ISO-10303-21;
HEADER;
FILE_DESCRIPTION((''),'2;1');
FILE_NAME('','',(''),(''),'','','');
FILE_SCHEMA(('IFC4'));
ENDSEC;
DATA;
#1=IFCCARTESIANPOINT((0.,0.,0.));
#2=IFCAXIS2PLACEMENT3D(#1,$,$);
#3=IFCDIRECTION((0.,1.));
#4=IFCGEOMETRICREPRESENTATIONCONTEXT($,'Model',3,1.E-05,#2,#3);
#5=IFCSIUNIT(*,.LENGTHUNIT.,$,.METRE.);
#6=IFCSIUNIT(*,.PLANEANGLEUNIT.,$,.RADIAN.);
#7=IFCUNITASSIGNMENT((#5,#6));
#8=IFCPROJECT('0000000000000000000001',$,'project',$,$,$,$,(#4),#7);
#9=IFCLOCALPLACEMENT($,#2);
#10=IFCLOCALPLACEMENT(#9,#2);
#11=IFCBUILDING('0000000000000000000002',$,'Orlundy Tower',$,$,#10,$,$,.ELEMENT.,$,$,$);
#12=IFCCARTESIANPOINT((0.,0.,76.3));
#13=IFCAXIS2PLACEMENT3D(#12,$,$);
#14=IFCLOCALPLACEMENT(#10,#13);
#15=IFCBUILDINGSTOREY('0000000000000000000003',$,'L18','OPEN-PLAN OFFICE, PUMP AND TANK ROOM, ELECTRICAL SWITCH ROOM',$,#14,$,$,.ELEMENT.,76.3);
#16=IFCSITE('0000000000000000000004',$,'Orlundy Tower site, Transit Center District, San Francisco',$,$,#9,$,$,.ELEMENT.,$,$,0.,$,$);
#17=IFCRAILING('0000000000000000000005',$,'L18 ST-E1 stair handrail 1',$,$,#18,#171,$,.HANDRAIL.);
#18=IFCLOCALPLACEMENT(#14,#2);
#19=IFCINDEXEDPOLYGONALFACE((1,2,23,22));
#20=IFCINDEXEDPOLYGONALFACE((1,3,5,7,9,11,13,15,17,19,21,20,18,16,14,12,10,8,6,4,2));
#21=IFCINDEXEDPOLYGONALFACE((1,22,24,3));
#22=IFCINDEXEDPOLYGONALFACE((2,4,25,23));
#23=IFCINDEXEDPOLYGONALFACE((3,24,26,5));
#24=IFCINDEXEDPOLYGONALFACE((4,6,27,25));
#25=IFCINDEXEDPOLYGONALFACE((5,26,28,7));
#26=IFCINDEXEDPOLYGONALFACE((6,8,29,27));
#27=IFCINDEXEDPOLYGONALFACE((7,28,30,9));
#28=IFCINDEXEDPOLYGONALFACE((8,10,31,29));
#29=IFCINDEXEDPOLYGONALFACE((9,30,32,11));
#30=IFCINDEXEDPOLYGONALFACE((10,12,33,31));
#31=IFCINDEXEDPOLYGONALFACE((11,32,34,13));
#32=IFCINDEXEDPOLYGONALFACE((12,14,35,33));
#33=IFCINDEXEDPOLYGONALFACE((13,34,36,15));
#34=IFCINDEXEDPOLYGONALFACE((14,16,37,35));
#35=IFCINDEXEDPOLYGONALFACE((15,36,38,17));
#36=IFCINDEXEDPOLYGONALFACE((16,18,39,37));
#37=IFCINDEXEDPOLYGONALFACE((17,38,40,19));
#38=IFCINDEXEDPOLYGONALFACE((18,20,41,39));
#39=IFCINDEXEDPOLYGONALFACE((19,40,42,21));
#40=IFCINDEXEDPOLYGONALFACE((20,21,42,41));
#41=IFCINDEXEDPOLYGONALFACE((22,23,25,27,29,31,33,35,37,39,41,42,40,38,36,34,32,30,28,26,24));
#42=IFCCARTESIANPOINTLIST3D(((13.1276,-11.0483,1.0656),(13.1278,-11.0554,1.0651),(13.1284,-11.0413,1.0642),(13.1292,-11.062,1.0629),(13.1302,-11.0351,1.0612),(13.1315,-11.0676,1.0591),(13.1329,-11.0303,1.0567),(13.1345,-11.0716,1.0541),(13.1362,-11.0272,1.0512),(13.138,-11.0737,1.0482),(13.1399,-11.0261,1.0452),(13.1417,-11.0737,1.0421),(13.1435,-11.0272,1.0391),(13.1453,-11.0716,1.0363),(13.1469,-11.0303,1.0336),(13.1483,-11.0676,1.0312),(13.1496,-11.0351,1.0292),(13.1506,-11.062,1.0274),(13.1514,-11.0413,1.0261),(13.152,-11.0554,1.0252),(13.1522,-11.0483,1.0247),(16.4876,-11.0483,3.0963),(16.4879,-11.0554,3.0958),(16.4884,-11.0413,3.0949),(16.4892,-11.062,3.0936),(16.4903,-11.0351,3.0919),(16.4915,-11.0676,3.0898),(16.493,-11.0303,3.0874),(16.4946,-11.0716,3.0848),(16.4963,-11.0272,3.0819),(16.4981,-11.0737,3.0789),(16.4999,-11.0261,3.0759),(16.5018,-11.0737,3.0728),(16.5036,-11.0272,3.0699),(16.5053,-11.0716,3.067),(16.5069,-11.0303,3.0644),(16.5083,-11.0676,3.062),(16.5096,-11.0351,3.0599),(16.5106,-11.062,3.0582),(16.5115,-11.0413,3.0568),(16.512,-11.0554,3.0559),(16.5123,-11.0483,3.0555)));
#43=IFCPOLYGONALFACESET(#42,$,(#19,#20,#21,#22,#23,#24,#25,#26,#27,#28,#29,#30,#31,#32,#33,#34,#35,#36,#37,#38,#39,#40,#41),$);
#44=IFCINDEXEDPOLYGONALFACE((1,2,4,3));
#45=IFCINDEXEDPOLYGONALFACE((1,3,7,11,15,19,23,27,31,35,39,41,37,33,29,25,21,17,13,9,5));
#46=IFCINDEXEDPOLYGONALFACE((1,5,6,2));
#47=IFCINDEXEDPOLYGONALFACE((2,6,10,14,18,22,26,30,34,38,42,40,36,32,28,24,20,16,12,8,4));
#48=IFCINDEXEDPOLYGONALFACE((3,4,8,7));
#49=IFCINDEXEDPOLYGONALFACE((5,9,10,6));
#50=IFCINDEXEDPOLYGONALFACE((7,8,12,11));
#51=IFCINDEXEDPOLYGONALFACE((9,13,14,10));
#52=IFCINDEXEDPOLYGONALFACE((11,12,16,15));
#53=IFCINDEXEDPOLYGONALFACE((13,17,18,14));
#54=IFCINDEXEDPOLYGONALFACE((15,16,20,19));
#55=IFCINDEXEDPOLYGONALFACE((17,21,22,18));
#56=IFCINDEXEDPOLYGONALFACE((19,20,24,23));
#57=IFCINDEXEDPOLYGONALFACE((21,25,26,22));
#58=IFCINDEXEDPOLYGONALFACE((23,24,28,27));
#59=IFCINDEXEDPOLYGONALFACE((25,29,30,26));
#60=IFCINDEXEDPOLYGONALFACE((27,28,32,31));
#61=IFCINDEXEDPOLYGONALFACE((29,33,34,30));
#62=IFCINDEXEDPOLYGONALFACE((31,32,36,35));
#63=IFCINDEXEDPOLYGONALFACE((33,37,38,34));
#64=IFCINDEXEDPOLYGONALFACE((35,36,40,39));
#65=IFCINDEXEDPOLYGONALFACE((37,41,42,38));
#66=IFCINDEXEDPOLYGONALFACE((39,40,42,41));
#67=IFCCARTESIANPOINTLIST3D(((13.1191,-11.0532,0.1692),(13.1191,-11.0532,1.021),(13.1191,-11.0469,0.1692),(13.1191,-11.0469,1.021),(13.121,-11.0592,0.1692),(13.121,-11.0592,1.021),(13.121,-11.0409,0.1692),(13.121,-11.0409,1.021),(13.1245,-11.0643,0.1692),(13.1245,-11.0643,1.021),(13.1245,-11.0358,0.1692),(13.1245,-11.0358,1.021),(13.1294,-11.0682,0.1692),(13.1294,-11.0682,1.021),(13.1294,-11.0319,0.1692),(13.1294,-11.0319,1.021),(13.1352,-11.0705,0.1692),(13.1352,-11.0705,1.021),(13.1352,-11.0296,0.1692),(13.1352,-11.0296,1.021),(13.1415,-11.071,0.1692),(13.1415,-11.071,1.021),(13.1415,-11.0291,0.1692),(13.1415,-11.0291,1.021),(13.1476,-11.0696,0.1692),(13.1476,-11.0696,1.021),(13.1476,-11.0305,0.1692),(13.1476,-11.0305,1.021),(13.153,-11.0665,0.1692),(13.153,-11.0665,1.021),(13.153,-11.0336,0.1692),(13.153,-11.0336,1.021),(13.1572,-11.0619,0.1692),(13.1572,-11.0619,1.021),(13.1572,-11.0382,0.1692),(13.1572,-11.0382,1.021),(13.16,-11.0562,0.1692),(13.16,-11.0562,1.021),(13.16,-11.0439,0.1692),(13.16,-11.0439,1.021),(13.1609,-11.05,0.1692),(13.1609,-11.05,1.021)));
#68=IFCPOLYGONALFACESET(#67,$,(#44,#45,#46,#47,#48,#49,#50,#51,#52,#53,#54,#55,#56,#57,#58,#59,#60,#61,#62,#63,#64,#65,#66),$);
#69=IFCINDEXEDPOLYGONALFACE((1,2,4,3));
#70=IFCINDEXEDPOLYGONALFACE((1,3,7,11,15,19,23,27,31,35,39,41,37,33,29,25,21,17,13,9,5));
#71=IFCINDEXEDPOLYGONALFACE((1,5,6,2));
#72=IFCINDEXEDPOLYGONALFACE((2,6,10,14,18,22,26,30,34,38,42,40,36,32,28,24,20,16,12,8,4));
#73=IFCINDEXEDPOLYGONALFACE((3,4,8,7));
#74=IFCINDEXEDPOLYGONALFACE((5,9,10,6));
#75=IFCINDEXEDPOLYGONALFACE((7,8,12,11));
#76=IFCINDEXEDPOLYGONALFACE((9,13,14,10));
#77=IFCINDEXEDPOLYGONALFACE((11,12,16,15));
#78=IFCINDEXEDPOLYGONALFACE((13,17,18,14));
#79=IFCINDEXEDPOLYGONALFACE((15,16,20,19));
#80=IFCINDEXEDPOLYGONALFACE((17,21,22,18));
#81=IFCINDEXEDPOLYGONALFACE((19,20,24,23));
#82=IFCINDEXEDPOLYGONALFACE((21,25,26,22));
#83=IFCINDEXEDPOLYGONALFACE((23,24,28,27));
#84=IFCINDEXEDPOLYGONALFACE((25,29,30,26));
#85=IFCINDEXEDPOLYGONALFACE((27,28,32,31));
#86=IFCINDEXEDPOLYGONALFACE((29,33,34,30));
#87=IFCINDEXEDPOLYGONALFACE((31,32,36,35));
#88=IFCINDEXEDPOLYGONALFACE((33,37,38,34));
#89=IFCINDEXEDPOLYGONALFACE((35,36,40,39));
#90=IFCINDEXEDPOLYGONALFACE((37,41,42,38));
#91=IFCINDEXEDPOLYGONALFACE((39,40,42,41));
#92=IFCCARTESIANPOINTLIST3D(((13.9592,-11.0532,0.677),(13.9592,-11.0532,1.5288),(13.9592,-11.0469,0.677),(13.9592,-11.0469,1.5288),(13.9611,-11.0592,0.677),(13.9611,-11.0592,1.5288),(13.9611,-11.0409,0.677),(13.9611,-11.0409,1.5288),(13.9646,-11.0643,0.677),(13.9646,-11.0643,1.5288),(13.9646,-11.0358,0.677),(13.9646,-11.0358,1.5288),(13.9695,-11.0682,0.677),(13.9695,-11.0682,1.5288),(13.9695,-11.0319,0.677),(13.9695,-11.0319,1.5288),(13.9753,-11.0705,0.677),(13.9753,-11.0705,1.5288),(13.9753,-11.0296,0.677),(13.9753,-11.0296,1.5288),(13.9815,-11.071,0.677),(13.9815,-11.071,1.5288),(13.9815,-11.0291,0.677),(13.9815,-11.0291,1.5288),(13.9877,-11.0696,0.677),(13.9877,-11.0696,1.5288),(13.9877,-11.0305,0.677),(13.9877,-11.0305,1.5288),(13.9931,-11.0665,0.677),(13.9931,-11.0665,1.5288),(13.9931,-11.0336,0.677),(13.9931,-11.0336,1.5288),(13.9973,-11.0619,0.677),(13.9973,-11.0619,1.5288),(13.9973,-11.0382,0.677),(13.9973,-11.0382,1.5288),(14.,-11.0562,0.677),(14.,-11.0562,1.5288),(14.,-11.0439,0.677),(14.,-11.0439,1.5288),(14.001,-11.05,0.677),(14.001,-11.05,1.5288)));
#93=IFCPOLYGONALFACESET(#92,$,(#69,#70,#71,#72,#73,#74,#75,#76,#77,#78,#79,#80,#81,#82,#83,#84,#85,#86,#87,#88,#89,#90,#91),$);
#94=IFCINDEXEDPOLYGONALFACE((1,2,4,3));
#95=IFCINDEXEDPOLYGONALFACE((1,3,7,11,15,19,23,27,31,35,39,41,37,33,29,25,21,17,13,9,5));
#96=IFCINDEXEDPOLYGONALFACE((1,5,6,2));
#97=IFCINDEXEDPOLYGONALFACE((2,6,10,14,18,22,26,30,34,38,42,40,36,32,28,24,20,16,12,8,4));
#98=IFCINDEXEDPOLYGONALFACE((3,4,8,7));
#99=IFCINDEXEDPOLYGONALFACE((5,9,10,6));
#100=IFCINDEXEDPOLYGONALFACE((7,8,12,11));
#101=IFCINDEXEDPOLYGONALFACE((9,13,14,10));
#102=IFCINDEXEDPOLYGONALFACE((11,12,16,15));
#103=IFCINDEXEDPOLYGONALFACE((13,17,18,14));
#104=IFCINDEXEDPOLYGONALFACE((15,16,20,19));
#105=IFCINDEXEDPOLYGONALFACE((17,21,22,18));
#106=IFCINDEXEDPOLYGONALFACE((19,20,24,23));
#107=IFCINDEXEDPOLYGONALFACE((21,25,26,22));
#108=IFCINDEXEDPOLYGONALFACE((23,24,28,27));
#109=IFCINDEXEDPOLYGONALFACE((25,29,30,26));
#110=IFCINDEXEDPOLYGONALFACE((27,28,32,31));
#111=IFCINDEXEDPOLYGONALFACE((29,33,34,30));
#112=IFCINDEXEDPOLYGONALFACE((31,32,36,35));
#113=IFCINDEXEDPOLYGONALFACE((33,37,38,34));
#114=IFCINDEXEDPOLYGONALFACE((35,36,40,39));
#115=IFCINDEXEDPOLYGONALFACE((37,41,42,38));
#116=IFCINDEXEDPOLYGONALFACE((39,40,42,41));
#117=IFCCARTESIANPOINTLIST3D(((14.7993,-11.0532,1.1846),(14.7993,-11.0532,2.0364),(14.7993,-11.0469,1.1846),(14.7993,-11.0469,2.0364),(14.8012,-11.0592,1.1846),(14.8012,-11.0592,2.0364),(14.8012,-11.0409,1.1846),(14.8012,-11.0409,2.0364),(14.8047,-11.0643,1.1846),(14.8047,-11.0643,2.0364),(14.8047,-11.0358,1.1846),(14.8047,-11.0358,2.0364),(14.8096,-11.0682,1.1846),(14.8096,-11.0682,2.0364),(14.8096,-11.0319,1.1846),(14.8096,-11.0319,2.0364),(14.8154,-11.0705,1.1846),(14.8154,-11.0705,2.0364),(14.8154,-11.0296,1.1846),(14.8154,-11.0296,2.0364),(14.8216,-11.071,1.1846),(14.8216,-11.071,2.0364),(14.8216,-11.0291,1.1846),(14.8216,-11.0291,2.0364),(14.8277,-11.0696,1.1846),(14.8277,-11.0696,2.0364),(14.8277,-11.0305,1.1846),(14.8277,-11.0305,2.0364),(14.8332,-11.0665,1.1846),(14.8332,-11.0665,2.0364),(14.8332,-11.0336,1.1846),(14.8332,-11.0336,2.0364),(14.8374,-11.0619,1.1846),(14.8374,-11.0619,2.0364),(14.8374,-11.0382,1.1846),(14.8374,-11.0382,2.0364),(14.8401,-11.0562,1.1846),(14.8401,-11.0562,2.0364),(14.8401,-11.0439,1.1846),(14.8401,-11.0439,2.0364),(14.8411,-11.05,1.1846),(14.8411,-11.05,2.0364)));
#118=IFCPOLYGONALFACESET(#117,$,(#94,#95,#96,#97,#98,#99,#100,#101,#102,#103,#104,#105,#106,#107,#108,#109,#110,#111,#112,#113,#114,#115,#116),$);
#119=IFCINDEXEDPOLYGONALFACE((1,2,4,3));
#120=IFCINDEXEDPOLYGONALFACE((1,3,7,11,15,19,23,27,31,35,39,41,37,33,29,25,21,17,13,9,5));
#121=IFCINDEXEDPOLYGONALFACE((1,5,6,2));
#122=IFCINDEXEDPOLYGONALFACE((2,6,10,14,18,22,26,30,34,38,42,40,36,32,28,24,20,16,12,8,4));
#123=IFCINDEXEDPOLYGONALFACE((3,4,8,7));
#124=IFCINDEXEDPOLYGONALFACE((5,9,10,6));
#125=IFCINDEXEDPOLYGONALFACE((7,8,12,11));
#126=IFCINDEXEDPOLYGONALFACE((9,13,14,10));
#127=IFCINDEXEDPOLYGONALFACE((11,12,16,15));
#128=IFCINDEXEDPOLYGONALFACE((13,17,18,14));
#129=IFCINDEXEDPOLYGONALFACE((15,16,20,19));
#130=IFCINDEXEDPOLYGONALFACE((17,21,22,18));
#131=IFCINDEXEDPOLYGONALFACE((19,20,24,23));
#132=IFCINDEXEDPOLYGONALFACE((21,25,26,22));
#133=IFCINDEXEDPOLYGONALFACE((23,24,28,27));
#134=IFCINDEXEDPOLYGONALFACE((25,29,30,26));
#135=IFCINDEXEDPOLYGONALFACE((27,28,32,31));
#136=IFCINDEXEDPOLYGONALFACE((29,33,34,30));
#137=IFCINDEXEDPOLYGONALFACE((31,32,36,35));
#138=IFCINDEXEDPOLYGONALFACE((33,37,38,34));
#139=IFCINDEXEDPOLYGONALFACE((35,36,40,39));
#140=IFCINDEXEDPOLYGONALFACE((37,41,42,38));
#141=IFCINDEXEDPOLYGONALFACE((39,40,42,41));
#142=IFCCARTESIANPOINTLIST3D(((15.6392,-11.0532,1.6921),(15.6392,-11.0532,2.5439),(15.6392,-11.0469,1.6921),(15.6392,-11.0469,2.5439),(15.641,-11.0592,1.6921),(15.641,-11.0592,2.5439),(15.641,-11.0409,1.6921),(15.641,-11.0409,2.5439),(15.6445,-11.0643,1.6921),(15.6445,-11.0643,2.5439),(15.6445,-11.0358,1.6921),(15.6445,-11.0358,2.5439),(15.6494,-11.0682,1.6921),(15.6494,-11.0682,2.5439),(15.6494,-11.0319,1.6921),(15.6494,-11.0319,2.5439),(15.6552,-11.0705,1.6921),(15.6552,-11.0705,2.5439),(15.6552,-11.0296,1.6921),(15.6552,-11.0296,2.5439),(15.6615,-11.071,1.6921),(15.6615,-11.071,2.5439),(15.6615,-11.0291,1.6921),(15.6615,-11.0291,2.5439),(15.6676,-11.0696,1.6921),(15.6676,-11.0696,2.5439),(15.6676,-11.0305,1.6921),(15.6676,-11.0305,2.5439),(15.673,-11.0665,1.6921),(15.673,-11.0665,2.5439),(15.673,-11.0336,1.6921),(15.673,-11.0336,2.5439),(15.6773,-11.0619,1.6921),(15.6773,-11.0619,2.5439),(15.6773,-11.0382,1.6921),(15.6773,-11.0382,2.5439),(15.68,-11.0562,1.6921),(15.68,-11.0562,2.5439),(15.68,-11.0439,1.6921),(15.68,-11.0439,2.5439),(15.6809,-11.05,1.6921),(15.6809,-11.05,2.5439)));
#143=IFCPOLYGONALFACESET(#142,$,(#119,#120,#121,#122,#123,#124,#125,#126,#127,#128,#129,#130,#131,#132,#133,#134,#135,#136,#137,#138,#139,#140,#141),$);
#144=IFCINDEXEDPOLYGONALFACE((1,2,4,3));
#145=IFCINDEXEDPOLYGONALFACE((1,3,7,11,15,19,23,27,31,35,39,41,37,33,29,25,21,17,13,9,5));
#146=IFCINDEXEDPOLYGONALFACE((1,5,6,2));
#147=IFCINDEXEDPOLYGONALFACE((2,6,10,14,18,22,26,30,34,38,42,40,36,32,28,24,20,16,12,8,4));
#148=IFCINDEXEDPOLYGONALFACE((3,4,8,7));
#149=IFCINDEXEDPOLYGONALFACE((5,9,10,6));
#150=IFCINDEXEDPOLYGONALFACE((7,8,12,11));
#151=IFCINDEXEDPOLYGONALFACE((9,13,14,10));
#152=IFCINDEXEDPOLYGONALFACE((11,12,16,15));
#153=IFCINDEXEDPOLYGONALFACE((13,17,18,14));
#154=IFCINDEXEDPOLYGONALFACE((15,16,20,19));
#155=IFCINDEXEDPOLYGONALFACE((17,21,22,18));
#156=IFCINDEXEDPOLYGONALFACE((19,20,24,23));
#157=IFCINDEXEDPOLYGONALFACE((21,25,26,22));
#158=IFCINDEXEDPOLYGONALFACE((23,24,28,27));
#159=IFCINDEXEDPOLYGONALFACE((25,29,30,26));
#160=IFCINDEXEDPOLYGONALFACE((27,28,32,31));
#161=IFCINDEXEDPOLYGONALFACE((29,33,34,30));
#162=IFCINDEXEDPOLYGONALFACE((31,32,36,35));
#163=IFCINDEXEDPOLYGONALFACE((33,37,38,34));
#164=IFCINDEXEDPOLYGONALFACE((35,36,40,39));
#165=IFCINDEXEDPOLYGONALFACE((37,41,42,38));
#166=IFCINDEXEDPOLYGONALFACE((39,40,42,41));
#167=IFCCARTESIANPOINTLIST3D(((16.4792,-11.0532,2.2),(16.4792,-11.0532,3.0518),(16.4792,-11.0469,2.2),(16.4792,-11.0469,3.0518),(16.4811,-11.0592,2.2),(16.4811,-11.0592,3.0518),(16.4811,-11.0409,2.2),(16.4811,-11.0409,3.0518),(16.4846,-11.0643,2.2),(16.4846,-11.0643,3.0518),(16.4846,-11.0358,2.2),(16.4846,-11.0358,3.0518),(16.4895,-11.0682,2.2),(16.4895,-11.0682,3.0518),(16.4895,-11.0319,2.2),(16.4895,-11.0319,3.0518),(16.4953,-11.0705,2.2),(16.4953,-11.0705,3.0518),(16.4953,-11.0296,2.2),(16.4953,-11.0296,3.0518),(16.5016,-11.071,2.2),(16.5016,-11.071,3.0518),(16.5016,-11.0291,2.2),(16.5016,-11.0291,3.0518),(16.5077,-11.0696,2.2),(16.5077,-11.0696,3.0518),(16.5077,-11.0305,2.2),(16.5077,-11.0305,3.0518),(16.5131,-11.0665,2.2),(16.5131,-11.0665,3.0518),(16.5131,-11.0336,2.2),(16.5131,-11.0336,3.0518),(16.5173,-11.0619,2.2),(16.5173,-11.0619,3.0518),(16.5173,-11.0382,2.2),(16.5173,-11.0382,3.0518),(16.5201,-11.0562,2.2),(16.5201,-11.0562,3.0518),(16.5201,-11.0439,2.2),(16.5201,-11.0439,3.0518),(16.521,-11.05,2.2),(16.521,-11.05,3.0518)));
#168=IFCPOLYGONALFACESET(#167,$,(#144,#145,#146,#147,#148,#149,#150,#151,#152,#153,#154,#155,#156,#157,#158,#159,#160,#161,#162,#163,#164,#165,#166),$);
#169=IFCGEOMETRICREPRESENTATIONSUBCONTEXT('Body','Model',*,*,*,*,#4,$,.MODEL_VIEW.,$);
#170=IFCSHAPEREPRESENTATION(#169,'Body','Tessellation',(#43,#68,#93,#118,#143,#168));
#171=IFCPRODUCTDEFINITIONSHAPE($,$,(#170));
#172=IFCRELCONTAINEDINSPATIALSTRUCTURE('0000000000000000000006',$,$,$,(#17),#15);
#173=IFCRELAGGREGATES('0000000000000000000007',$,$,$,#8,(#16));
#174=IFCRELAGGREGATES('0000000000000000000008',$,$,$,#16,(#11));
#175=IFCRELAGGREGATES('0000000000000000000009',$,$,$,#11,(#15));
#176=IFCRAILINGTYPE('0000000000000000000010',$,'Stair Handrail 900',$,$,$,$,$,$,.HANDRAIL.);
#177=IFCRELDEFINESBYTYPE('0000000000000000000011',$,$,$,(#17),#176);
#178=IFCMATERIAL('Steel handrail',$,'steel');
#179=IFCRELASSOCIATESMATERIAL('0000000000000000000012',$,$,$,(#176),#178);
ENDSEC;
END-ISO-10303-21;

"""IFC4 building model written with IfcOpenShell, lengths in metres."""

from ifc_helpers import new_model, si_unit, direction, frame, origin, origin_2d, place, context, subcontext, project, spatial, circle, extrude, material, type_object, element, save


model = new_model("IFC4")

# Units and contexts
model_context = context("Model", 3, precision=1e-05, world=origin(), true_north=direction((0.0, 1.0)))
body_context = subcontext(model_context, "Body", "Model", "MODEL_VIEW")
ifc_project = project(units=[si_unit("LENGTHUNIT", "METRE"), si_unit("PLANEANGLEUNIT", "RADIAN")], contexts=[model_context])

# Site, building, storey
site_placement = place(None, origin())
site = spatial("IfcSite", under=ifc_project, at=site_placement, Name="Orlundy Tower site, Transit Center District, San Francisco", CompositionType="ELEMENT", RefElevation=0.0)
building_placement = place(site_placement, origin())
building = spatial("IfcBuilding", under=site, at=building_placement, Name="Orlundy Tower", CompositionType="ELEMENT")
storey_placement = place(building_placement, frame((0.0, 0.0, 76.3)))
storey = spatial("IfcBuildingStorey", under=building, at=storey_placement, Name="L18", Description="OPEN-PLAN OFFICE, PUMP AND TANK ROOM, ELECTRICAL SWITCH ROOM", CompositionType="ELEMENT", Elevation=76.3)

# Railing
ifc_material_1 = material(Name="Steel handrail", Category="steel")
railing_type_1 = type_object("IfcRailingType", Name="Stair Handrail 900", PredefinedType="HANDRAIL", material=ifc_material_1)
railing_1_placement = place(storey_placement, frame((13.1399, -11.05, 0.1692)))
element("IfcRailing", 1, at=railing_1_placement, inside=storey, type_object=railing_type_1, Name="L18 ST-E1 stair handrail 1", PredefinedType="HANDRAIL", context=body_context, shape_type="SweptSolid", body=[
    extrude(circle(Radius=0.0239, at=origin_2d()), frame((0.0, 0.0, 0.876), z_axis=(0.855837, 0.0, 0.517246), x_axis=(0.0, 1.0, 0.0)), (0.0, 0.0, 1.0), 3.926),
    extrude(circle(Radius=0.021, at=origin_2d()), origin(), (0.0, 0.0, 1.0), 0.8518),
    extrude(circle(Radius=0.021, at=origin_2d()), frame((0.8401, 0.0, 0.5078)), (0.0, 0.0, 1.0), 0.8518),
    extrude(circle(Radius=0.021, at=origin_2d()), frame((1.6802, 0.0, 1.0154)), (0.0, 0.0, 1.0), 0.8518),
    extrude(circle(Radius=0.021, at=origin_2d()), frame((2.52, 0.0, 1.5229)), (0.0, 0.0, 1.0), 0.8518),
    extrude(circle(Radius=0.021, at=origin_2d()), frame((3.3601, 0.0, 2.0308)), (0.0, 0.0, 1.0), 0.8518),
])

save(model, "model.ifc")
